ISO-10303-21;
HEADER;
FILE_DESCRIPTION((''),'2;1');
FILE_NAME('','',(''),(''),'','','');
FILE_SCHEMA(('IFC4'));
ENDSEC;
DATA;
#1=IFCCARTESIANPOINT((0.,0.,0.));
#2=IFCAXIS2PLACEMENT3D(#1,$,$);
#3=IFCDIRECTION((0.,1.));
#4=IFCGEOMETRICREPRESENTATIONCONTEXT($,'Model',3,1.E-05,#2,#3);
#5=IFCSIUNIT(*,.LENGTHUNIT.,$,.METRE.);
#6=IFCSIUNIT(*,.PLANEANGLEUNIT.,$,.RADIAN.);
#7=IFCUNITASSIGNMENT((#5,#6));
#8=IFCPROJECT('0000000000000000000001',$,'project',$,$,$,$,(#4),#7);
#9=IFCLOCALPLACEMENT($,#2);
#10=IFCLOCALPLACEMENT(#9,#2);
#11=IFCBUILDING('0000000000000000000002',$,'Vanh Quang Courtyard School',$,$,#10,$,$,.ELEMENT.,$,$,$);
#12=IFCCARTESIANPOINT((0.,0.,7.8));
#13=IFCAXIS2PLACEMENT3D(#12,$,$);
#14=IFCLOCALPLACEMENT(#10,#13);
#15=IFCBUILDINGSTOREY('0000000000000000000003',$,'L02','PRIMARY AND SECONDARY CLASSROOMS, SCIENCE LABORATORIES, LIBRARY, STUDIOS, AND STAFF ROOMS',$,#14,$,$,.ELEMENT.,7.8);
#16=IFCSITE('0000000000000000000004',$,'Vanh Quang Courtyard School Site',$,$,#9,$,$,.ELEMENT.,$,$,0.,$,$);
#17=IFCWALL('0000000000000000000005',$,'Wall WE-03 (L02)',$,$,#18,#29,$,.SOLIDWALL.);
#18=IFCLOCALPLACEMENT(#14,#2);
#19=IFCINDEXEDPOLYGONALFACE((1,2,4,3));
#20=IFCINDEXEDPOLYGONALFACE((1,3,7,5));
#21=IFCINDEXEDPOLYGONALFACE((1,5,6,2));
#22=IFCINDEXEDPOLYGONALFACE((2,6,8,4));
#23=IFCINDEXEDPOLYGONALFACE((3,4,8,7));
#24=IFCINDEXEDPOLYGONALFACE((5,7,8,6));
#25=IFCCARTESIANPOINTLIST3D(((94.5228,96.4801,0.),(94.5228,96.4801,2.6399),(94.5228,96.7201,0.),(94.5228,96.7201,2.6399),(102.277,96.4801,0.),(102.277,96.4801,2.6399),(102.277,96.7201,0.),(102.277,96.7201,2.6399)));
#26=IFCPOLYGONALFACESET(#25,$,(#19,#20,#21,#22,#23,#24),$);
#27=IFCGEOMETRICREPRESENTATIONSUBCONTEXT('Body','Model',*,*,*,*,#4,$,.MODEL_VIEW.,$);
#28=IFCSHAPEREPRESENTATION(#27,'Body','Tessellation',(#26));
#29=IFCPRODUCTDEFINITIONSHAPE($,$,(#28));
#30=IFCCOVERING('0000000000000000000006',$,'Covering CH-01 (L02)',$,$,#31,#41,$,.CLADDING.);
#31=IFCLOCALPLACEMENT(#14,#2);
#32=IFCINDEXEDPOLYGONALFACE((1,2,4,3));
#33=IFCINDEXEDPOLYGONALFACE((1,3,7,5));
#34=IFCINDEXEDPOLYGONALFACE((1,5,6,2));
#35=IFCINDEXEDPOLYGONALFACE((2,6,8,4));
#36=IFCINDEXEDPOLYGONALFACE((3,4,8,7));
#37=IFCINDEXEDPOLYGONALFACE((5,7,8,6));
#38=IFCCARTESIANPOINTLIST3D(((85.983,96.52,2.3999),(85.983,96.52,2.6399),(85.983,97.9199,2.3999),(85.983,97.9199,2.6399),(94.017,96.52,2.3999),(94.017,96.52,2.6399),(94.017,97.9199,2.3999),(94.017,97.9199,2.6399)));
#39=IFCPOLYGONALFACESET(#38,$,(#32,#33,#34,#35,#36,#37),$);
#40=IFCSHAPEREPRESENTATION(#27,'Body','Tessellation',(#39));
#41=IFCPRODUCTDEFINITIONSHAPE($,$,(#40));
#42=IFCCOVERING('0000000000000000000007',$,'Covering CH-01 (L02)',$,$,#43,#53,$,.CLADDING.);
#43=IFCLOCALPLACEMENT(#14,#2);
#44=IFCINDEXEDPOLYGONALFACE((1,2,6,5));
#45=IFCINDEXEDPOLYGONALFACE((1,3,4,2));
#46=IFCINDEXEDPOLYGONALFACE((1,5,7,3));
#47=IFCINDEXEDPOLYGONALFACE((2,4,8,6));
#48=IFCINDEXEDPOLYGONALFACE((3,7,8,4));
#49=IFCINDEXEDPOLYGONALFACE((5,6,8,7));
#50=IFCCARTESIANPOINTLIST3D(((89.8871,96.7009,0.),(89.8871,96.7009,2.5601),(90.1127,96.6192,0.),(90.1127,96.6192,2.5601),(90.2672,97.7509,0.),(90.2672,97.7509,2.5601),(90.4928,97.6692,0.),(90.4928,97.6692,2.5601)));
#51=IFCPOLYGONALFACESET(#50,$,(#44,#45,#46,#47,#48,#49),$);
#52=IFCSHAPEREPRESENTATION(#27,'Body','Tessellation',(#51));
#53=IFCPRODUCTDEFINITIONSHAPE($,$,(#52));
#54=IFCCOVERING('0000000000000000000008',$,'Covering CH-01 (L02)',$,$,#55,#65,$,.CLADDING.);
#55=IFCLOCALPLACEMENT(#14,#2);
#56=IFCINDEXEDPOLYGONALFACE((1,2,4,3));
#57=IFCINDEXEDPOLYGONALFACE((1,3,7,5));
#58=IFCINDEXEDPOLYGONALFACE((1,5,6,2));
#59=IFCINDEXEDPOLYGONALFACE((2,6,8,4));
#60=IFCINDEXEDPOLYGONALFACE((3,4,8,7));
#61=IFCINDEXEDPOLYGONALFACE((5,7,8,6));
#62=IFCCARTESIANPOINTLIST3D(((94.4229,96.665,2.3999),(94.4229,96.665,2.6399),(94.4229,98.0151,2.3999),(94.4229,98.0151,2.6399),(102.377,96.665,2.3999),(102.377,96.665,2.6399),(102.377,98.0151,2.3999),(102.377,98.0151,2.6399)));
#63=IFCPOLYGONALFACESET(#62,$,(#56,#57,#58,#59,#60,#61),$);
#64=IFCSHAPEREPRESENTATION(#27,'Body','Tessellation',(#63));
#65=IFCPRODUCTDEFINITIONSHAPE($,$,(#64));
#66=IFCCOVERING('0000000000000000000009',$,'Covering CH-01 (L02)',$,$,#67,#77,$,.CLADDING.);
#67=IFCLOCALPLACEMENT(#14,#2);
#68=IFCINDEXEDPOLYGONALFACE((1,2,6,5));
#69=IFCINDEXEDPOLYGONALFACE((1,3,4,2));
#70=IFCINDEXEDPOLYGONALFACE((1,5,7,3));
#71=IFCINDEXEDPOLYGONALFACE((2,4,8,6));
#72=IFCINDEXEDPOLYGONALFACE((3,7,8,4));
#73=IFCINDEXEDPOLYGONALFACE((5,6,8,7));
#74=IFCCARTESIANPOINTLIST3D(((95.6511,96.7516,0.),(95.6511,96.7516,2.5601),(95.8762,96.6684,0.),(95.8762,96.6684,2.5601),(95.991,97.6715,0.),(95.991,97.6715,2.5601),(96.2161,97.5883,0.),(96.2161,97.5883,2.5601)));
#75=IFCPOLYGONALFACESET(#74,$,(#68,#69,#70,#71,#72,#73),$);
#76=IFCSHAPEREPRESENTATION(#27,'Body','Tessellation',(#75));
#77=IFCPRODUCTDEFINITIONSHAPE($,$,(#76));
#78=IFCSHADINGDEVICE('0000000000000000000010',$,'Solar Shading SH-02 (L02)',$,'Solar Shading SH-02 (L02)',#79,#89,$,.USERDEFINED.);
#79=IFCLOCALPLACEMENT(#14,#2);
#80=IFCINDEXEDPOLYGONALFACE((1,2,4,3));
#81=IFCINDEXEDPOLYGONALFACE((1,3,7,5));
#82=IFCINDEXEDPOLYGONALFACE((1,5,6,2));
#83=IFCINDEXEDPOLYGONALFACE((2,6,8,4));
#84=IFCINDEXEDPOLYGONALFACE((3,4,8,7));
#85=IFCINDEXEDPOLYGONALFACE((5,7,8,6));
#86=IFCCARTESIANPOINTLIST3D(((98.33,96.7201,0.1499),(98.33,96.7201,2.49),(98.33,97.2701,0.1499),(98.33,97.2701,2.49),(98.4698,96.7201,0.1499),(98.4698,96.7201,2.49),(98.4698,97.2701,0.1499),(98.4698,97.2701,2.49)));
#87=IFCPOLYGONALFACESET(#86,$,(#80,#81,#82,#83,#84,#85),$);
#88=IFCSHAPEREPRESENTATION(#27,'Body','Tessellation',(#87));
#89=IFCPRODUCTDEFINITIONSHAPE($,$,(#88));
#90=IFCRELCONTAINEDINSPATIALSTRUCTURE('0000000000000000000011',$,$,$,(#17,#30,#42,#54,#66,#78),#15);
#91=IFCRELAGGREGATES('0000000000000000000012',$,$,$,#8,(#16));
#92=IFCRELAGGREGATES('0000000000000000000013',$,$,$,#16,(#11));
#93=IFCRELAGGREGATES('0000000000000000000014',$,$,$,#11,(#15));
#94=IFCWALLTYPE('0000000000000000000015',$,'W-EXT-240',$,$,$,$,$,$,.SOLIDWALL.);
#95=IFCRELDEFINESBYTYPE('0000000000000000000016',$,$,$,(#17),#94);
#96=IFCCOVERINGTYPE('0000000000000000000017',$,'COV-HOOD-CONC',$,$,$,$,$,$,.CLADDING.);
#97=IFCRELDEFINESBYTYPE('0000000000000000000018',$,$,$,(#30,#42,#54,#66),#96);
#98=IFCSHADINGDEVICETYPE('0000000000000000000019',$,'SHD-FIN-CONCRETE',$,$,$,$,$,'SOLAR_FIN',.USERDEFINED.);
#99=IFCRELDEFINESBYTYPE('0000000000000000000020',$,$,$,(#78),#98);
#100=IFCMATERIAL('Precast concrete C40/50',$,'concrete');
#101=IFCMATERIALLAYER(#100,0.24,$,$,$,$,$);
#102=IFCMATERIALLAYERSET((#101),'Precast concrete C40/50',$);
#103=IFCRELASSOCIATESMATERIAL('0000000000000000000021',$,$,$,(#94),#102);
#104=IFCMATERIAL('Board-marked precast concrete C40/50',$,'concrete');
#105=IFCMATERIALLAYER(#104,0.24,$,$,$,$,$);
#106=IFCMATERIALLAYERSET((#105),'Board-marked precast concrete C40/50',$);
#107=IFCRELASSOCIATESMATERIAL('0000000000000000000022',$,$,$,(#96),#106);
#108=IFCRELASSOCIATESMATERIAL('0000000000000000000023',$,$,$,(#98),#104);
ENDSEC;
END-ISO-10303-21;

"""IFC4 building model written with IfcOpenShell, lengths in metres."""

from ifc_helpers import new_model, si_unit, direction, frame, frame_2d, origin, origin_2d, place, context, subcontext, project, spatial, rectangle, extrude, material, layer, layer_set, type_object, element, save


model = new_model("IFC4")

# Units and contexts
model_context = context("Model", 3, precision=1e-05, world=origin(), true_north=direction((0.0, 1.0)))
body_context = subcontext(model_context, "Body", "Model", "MODEL_VIEW")
ifc_project = project(units=[si_unit("LENGTHUNIT", "METRE"), si_unit("PLANEANGLEUNIT", "RADIAN")], contexts=[model_context])

# Site, building, storey
site_placement = place(None, origin())
site = spatial("IfcSite", under=ifc_project, at=site_placement, Name="Vanh Quang Courtyard School Site", CompositionType="ELEMENT", RefElevation=0.0)
building_placement = place(site_placement, origin())
building = spatial("IfcBuilding", under=site, at=building_placement, Name="Vanh Quang Courtyard School", CompositionType="ELEMENT")
storey_placement = place(building_placement, frame((0.0, 0.0, 7.8)))
storey = spatial("IfcBuildingStorey", under=building, at=storey_placement, Name="L02", Description="PRIMARY AND SECONDARY CLASSROOMS, SCIENCE LABORATORIES, LIBRARY, STUDIOS, AND STAFF ROOMS", CompositionType="ELEMENT", Elevation=7.8)

# Wall
ifc_material_1 = material(Name="Precast concrete C40/50", Category="concrete")
ifc_layer_1 = layer(ifc_material_1, 0.24)
ifc_layer_set_1 = layer_set([ifc_layer_1], Name="Precast concrete C40/50")
wall_type = type_object("IfcWallType", Name="W-EXT-240", PredefinedType="SOLIDWALL", material=ifc_layer_set_1)
wall_placement = place(storey_placement, frame((94.5229, 96.6001, 0.0), z_axis=(0.0, 0.0, 1.0), x_axis=(1.0, 0.0, 0.0)))
element("IfcWall", 1, at=wall_placement, inside=storey, type_object=wall_type, Name="Wall WE-03 (L02)", PredefinedType="SOLIDWALL", context=body_context, shape_type="SweptSolid", body=[
    extrude(rectangle(XDim=7.7542, YDim=0.24, at=frame_2d((3.877, 0.0))), origin(), (0.0, 0.0, 1.0), 2.6399),
])

# Coverings
ifc_material_2 = material(Name="Board-marked precast concrete C40/50", Category="concrete")
ifc_layer_2 = layer(ifc_material_2, 0.24)
ifc_layer_set_2 = layer_set([ifc_layer_2], Name="Board-marked precast concrete C40/50")
covering_type = type_object("IfcCoveringType", Name="COV-HOOD-CONC", PredefinedType="CLADDING", material=ifc_layer_set_2)
covering_1_placement = place(storey_placement, frame((90.0, 97.22, 2.3999), z_axis=(0.0, 0.0, 1.0), x_axis=(1.0, 0.0, 0.0)))
element("IfcCovering", 2, at=covering_1_placement, inside=storey, type_object=covering_type, Name="Covering CH-01 (L02)", PredefinedType="CLADDING", context=body_context, shape_type="SweptSolid", body=[
    extrude(rectangle(XDim=8.0339, YDim=1.3999, at=origin_2d()), origin(), (0.0, 0.0, 1.0), 0.24),
])
covering_2_placement = place(storey_placement, frame((90.1899, 97.1851, 0.0), z_axis=(0.0, 0.0, 1.0), x_axis=(0.34038, 0.940288, 0.0)))
element("IfcCovering", 3, at=covering_2_placement, inside=storey, type_object=covering_type, Name="Covering CH-01 (L02)", PredefinedType="CLADDING", context=body_context, shape_type="SweptSolid", body=[
    extrude(rectangle(XDim=1.1167, YDim=0.24, at=origin_2d()), origin(), (0.0, 0.0, 1.0), 2.5601),
])
covering_3_placement = place(storey_placement, frame((98.3999, 97.3401, 2.3999), z_axis=(0.0, 0.0, 1.0), x_axis=(1.0, 0.0, 0.0)))
element("IfcCovering", 4, at=covering_3_placement, inside=storey, type_object=covering_type, Name="Covering CH-01 (L02)", PredefinedType="CLADDING", context=body_context, shape_type="SweptSolid", body=[
    extrude(rectangle(XDim=7.9541, YDim=1.3501, at=origin_2d()), origin(), (0.0, 0.0, 1.0), 0.24),
])
covering_4_placement = place(storey_placement, frame((95.9336, 97.1699, 0.0), z_axis=(0.0, 0.0, 1.0), x_axis=(0.346608, 0.93801, 0.0)))
element("IfcCovering", 5, at=covering_4_placement, inside=storey, type_object=covering_type, Name="Covering CH-01 (L02)", PredefinedType="CLADDING", context=body_context, shape_type="SweptSolid", body=[
    extrude(rectangle(XDim=0.9807, YDim=0.24, at=origin_2d()), origin(), (0.0, 0.0, 1.0), 2.5601),
])

# Shading device
shading_device_type = type_object("IfcShadingDeviceType", Name="SHD-FIN-CONCRETE", ElementType="SOLAR_FIN", PredefinedType="USERDEFINED", material=ifc_material_2)
shading_device_placement = place(storey_placement, frame((98.3999, 96.9951, 0.1499), z_axis=(0.0, 0.0, 1.0), x_axis=(1.0, 0.0, 0.0)))
element("IfcShadingDevice", 6, at=shading_device_placement, inside=storey, type_object=shading_device_type, Name="Solar Shading SH-02 (L02)", ObjectType="Solar Shading SH-02 (L02)", PredefinedType="USERDEFINED", context=body_context, shape_type="SweptSolid", body=[
    extrude(rectangle(XDim=0.1399, YDim=0.55, at=origin_2d()), origin(), (0.0, 0.0, 1.0), 2.3401),
])

save(model, "model.ifc")
